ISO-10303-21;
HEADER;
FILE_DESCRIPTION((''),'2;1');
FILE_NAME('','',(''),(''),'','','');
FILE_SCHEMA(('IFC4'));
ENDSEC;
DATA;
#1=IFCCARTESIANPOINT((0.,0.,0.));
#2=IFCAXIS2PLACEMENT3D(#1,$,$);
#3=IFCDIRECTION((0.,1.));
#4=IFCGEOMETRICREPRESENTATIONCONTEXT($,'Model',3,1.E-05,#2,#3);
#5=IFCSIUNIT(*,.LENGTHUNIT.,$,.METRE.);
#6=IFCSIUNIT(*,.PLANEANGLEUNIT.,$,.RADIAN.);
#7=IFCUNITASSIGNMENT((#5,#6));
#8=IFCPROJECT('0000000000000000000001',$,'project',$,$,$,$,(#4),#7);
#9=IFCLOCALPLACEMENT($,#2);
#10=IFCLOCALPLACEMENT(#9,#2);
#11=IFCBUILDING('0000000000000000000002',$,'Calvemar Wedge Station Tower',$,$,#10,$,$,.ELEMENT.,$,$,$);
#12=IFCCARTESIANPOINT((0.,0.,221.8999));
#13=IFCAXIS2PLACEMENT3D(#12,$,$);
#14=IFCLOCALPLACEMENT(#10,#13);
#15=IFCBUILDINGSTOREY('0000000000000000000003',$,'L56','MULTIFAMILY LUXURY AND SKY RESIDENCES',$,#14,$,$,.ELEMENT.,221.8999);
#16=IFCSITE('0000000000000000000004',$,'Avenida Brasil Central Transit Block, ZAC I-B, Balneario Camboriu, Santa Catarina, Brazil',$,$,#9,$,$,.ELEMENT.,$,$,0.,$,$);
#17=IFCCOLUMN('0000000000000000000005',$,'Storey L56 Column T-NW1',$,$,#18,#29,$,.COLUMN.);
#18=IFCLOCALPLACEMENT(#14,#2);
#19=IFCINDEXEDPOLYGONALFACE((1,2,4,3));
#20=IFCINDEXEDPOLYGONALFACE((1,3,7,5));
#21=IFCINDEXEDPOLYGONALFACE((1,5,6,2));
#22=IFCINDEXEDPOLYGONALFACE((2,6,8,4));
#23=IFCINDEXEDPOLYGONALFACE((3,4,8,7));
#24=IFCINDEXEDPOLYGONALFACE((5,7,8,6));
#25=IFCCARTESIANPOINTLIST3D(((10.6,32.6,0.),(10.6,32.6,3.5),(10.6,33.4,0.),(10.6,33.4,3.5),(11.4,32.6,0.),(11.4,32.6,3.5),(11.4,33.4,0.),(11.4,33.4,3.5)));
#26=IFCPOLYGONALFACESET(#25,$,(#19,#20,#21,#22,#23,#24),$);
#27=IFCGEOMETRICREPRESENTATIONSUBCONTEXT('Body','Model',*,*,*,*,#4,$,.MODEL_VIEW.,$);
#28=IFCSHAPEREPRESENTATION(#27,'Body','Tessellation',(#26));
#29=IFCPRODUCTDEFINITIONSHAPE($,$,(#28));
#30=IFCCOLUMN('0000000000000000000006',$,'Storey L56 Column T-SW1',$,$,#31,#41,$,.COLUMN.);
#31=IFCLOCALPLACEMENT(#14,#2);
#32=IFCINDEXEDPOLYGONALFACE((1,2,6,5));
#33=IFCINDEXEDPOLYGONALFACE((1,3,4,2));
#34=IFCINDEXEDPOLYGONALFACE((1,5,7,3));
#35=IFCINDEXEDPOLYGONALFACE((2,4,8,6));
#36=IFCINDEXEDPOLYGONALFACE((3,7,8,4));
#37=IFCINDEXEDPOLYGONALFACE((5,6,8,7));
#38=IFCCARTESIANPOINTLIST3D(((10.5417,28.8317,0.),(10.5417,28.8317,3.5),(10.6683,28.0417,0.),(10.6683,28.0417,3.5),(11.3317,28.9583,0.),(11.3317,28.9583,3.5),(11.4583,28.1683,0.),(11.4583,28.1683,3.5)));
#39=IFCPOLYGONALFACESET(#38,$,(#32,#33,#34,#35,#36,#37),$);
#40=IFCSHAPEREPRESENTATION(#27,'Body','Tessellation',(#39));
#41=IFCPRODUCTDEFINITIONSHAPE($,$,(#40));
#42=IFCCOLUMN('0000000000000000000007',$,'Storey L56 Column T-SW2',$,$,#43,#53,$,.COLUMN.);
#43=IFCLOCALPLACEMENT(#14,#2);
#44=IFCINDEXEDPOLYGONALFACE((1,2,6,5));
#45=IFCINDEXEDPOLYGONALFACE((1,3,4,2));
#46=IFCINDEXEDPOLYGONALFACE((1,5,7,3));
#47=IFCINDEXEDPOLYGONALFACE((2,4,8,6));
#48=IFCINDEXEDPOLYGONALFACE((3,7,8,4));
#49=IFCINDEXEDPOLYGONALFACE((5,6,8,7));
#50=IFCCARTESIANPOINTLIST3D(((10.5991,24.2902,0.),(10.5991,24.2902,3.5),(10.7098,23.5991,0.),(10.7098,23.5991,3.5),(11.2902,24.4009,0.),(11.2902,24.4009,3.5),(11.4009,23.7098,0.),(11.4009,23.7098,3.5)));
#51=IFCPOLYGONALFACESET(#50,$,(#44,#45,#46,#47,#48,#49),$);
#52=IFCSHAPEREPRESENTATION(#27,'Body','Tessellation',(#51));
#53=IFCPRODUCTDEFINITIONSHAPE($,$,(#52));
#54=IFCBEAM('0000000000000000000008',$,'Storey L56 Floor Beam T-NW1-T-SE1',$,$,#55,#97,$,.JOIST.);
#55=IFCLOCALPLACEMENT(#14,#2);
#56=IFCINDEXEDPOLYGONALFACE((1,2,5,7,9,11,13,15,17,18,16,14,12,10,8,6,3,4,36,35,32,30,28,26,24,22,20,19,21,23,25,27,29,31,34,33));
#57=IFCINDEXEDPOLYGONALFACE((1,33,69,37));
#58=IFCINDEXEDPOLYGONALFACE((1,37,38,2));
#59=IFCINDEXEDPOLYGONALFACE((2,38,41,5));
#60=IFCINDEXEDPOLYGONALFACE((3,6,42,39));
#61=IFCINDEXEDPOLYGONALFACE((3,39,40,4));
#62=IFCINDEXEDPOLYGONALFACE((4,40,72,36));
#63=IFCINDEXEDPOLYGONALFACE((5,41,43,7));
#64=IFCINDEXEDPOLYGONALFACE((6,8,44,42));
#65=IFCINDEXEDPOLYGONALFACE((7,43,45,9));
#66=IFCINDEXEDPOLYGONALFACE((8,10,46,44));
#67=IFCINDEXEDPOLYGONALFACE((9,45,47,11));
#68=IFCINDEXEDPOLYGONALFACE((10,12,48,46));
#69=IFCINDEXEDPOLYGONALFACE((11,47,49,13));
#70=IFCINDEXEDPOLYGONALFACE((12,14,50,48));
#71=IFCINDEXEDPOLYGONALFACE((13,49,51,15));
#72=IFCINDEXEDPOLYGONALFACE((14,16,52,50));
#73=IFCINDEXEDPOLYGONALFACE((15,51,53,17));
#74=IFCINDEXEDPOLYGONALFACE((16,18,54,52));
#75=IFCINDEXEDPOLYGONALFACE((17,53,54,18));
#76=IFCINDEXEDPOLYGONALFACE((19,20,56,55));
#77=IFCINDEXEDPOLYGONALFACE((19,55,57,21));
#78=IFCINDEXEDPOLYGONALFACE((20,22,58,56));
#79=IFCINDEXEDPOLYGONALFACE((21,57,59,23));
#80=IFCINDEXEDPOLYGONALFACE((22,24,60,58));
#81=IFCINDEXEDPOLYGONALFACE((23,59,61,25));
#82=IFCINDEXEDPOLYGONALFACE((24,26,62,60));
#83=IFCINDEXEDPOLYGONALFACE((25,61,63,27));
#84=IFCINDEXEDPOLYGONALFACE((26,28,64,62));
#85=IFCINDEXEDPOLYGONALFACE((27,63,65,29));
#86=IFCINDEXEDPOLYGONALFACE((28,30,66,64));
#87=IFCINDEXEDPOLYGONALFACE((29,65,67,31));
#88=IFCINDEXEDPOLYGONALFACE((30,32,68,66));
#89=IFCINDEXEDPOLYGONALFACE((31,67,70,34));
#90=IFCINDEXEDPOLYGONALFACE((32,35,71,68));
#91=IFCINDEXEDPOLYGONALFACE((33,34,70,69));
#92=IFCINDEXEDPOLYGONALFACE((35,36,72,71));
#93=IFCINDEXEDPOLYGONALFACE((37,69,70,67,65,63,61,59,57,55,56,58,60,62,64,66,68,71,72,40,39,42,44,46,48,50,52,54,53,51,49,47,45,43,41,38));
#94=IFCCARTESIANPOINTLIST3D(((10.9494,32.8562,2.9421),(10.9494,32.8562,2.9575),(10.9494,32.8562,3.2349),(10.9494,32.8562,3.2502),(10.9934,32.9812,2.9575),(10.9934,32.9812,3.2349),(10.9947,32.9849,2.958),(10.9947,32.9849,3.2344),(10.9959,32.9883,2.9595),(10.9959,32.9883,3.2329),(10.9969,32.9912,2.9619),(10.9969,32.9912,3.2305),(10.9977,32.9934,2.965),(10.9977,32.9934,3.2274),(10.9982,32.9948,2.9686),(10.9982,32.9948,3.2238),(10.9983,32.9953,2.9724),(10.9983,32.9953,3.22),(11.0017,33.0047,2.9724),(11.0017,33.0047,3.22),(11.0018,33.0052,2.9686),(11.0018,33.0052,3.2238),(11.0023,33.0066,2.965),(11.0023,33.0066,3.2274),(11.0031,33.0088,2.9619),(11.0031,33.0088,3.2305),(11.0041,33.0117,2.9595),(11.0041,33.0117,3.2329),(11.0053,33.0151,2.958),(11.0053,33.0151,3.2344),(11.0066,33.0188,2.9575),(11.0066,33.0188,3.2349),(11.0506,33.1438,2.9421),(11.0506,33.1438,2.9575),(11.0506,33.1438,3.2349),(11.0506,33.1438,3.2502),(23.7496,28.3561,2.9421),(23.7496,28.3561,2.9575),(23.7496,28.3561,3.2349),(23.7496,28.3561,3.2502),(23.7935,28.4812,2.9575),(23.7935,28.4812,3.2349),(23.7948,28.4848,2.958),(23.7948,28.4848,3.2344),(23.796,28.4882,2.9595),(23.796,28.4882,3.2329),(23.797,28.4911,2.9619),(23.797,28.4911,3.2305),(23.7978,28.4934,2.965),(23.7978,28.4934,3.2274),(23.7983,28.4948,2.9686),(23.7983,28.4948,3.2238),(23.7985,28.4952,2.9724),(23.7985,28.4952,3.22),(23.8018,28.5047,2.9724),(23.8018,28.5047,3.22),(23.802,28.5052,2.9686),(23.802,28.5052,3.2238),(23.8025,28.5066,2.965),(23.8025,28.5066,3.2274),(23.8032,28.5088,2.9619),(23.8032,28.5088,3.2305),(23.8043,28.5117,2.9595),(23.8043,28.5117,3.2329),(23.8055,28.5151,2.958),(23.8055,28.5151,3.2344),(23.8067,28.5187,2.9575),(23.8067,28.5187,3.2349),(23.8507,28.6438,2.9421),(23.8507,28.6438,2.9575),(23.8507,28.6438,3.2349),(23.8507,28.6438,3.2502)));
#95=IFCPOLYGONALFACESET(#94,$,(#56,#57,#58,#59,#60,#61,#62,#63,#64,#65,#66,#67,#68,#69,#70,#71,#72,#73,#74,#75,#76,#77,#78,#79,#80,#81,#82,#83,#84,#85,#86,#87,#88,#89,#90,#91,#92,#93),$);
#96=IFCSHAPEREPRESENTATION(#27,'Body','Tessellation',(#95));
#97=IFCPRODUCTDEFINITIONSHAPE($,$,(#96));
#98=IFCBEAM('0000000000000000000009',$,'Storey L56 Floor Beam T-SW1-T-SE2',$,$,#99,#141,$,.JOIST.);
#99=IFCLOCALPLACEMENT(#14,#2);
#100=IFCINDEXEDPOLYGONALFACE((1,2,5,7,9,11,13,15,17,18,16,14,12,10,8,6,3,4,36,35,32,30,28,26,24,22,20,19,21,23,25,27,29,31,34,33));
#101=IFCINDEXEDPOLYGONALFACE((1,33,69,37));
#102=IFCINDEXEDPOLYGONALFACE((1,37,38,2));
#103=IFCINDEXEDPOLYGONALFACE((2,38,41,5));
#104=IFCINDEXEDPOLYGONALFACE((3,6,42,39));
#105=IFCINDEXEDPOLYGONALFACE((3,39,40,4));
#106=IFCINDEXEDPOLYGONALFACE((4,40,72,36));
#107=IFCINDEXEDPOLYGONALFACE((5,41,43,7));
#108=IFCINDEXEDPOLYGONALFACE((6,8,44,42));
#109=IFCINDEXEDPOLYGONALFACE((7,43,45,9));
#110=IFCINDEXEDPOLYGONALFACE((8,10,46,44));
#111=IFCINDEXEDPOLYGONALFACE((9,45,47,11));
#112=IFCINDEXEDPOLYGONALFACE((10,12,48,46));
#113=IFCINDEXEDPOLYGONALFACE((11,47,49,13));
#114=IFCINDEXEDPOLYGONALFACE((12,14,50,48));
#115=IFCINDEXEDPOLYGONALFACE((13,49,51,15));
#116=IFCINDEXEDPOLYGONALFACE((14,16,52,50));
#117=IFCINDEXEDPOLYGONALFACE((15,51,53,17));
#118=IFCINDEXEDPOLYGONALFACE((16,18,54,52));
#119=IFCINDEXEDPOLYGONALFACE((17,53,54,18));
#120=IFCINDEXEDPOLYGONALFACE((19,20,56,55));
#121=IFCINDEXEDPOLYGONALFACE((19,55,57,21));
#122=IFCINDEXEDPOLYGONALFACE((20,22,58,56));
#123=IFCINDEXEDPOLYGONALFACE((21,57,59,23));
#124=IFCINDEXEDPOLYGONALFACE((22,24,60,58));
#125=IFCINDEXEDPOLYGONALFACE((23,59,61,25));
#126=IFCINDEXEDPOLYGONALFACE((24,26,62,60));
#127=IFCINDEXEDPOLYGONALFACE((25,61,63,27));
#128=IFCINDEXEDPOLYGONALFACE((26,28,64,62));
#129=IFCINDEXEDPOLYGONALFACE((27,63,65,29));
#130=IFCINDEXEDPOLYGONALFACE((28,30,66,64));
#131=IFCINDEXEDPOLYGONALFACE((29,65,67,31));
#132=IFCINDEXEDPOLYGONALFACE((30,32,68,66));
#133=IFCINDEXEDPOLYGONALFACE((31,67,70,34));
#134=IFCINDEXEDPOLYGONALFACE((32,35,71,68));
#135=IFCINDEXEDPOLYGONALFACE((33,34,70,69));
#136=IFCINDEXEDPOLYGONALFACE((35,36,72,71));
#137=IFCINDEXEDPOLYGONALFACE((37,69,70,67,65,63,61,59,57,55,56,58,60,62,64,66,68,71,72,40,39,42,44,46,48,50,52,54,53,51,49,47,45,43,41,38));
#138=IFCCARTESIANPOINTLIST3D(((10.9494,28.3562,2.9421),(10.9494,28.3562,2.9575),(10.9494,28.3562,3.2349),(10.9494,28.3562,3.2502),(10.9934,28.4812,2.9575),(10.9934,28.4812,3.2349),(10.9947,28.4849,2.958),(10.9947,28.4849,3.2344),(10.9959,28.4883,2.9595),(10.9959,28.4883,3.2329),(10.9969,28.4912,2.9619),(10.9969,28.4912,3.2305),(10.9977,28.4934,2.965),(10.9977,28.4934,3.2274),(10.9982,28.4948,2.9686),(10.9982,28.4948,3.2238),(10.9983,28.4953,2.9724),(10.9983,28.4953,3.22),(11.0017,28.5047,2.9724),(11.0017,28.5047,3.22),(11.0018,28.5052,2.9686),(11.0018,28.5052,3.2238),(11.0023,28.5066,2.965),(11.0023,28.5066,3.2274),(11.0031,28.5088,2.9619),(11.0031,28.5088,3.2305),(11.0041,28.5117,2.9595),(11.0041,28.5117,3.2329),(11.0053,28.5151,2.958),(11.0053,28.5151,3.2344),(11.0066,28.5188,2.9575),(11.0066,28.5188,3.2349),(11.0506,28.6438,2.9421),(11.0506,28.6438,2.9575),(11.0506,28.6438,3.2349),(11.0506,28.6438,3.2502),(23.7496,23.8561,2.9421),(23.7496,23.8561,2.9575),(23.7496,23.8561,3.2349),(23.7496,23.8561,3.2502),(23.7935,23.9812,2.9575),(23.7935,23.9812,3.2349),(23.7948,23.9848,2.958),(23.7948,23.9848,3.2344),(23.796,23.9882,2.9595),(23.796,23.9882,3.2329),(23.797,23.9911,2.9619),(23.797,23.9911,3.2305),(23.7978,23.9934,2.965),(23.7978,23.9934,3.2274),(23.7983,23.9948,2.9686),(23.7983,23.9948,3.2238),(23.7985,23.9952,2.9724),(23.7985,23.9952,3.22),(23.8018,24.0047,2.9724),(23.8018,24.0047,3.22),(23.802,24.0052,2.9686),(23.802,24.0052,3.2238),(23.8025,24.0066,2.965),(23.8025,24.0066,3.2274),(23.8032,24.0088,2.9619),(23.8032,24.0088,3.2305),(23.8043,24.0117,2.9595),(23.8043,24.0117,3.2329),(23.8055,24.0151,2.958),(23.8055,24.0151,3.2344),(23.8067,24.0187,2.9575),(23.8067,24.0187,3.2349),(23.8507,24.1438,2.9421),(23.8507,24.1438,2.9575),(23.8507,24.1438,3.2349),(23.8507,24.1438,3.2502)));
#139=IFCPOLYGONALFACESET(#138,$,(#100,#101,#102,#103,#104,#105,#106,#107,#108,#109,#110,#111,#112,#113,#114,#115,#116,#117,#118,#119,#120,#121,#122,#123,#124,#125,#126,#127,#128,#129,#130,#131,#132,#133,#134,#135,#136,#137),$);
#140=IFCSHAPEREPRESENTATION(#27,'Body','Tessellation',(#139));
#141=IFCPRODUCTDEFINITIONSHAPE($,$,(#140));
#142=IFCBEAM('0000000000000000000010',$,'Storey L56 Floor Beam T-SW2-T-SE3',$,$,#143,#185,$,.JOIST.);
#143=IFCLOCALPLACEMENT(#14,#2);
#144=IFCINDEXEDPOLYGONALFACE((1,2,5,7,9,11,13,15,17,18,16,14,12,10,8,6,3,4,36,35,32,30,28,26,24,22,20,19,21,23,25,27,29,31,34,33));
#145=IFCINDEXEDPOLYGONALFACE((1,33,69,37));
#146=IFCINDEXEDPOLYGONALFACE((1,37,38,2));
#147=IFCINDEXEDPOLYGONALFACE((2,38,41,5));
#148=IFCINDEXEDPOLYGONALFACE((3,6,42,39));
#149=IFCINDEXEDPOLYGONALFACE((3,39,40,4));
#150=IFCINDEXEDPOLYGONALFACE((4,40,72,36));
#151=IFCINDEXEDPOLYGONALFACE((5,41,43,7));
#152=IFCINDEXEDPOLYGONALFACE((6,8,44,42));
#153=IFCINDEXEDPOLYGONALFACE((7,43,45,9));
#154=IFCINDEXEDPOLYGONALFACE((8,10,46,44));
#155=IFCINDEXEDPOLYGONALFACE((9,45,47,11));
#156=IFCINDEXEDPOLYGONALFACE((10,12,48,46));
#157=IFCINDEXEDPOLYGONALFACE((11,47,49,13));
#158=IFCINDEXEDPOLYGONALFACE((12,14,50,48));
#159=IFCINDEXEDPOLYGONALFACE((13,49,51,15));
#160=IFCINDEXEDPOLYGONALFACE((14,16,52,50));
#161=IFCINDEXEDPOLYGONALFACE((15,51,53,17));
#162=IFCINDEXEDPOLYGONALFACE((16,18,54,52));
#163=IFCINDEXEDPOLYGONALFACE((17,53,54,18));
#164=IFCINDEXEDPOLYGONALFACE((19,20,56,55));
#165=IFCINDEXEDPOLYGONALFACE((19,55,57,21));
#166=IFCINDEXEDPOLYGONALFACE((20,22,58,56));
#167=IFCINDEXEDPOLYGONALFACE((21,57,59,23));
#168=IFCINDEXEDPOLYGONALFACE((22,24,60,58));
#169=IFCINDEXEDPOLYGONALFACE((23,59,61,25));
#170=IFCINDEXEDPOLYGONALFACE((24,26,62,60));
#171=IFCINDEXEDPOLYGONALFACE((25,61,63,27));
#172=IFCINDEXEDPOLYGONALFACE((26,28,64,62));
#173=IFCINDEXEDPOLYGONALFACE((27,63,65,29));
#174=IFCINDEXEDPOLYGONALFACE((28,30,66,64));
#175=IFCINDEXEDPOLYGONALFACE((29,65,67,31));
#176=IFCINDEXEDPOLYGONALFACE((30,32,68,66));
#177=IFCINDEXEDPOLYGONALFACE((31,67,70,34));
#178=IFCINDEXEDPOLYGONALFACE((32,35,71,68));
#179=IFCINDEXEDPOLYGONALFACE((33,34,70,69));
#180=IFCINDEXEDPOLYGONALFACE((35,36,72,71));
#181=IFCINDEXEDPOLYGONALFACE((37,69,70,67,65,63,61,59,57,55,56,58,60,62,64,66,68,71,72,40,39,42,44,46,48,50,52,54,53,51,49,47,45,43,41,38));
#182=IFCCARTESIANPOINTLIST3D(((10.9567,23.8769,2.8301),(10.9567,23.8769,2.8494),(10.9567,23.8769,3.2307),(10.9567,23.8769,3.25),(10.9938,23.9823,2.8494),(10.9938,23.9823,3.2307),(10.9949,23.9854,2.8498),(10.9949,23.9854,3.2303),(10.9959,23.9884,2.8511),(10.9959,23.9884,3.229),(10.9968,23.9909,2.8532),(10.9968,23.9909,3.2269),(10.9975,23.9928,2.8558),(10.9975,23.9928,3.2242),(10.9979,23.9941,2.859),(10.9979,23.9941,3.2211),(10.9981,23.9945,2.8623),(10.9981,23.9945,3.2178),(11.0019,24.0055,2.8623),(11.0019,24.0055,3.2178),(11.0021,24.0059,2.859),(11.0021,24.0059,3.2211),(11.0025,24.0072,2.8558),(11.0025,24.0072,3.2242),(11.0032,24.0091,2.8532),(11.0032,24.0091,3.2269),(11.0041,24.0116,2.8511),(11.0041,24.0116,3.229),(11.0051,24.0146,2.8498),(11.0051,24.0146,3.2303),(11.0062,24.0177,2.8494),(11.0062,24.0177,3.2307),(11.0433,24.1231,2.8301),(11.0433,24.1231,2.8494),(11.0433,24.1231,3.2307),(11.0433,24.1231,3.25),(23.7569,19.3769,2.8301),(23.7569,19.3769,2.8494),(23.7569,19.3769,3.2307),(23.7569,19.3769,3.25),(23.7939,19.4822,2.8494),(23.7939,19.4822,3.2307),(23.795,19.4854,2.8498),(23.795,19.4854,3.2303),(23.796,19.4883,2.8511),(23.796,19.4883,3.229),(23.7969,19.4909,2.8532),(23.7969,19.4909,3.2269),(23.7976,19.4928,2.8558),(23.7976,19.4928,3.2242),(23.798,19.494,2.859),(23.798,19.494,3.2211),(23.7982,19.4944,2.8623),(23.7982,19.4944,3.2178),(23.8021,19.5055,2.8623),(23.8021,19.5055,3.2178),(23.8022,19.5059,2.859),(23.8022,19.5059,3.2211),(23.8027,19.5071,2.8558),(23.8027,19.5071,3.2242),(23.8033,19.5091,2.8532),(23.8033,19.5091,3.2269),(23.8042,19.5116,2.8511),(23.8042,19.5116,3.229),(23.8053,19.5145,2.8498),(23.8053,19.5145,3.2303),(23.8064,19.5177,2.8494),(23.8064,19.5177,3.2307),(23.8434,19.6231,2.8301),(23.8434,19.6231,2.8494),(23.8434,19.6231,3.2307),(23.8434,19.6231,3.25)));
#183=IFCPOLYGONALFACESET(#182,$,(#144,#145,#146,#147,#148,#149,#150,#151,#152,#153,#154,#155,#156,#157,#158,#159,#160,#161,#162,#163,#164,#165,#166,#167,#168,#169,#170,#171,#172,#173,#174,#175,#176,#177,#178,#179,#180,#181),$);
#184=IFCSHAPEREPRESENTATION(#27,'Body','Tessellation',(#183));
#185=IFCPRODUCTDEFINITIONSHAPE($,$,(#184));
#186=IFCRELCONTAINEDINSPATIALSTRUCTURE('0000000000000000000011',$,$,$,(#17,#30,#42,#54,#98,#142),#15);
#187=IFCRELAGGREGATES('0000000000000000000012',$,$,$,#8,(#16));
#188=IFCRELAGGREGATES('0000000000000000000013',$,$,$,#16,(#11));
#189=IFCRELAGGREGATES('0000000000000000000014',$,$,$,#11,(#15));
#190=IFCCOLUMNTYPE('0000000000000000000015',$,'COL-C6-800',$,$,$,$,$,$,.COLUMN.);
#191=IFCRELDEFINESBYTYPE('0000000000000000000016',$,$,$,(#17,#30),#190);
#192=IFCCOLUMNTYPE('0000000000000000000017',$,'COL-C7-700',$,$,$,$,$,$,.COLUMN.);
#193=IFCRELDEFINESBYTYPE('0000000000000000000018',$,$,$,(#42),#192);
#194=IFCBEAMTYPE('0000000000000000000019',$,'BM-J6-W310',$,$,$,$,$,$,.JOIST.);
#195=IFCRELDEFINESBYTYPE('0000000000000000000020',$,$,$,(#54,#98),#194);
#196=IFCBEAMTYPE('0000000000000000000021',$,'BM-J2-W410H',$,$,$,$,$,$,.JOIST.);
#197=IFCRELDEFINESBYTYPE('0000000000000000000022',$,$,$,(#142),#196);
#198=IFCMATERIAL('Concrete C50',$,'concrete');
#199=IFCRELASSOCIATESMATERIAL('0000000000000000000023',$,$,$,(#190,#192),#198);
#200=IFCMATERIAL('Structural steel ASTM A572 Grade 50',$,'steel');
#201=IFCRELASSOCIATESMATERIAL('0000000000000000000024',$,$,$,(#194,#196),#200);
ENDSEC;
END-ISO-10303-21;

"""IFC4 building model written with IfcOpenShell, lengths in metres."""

from ifc_helpers import new_model, si_unit, direction, frame, origin, origin_2d, place, context, subcontext, project, spatial, rectangle, i_section, extrude, source, transform, mapped, material, material_profile, profile_set, type_object, element, save


model = new_model("IFC4")

# Units and contexts
model_context = context("Model", 3, precision=1e-05, world=origin(), true_north=direction((0.0, 1.0)))
body_context = subcontext(model_context, "Body", "Model", "MODEL_VIEW")
ifc_project = project(units=[si_unit("LENGTHUNIT", "METRE"), si_unit("PLANEANGLEUNIT", "RADIAN")], contexts=[model_context])

# Site, building, storey
site_placement = place(None, origin())
site = spatial("IfcSite", under=ifc_project, at=site_placement, Name="Avenida Brasil Central Transit Block, ZAC I-B, Balneario Camboriu, Santa Catarina, Brazil", CompositionType="ELEMENT", RefElevation=0.0)
building_placement = place(site_placement, origin())
building = spatial("IfcBuilding", under=site, at=building_placement, Name="Calvemar Wedge Station Tower", CompositionType="ELEMENT")
storey_placement = place(building_placement, frame((0.0, 0.0, 221.8999)))
storey = spatial("IfcBuildingStorey", under=building, at=storey_placement, Name="L56", Description="MULTIFAMILY LUXURY AND SKY RESIDENCES", CompositionType="ELEMENT", Elevation=221.8999)

# Columns
ifc_material_1 = material(Name="Concrete C50", Category="concrete")
ifc_material_profile_1 = material_profile(ifc_material_1, rectangle(XDim=0.8, YDim=0.8, at=origin_2d()), Name="RC800x800")
ifc_profile_set_1 = profile_set([ifc_material_profile_1], Name="Concrete C50")
column_type_1 = type_object("IfcColumnType", Name="COL-C6-800", PredefinedType="COLUMN", material=ifc_profile_set_1)
shared_shape_1 = source(origin(), body_context, "Body", "SweptSolid", [
    extrude(rectangle(XDim=0.8, YDim=0.8, at=origin_2d()), origin(), (0.0, 0.0, 1.0), 3.5),
])
for number, where, z_axis, x_axis, name in (
    (1, (11.0, 33.0, 0.0), (0.0, 0.0, 1.0), (1.0, 0.0, 0.0), "Storey L56 Column T-NW1"),
    (2, (11.0, 28.5, 0.0), (0.0, 0.0, 1.0), (0.158158, -0.987414, 0.0), "Storey L56 Column T-SW1"),
):
    element("IfcColumn", number, at=place(storey_placement, frame(where, z_axis=z_axis, x_axis=x_axis)), inside=storey, type_object=column_type_1, Name=name, PredefinedType="COLUMN", context=body_context, shape_type="MappedRepresentation", body=[
        mapped(shared_shape_1, transform((0.0, 0.0, 0.0), scale=1.0)),
    ])
ifc_material_profile_2 = material_profile(ifc_material_1, rectangle(XDim=0.7, YDim=0.7, at=origin_2d()), Name="RC700x700")
ifc_profile_set_2 = profile_set([ifc_material_profile_2], Name="Concrete C50")
column_type_2 = type_object("IfcColumnType", Name="COL-C7-700", PredefinedType="COLUMN", material=ifc_profile_set_2)
shared_shape_2 = source(origin(), body_context, "Body", "SweptSolid", [
    extrude(rectangle(XDim=0.7, YDim=0.7, at=origin_2d()), origin(), (0.0, 0.0, 1.0), 3.5),
])
column_placement = place(storey_placement, frame((11.0, 24.0, 0.0), z_axis=(0.0, 0.0, 1.0), x_axis=(0.158158, -0.987414, 0.0)))
element("IfcColumn", 3, at=column_placement, inside=storey, type_object=column_type_2, Name="Storey L56 Column T-SW2", PredefinedType="COLUMN", context=body_context, shape_type="MappedRepresentation", body=[
    mapped(shared_shape_2, transform((0.0, 0.0, 0.0), scale=1.0)),
])

# Beams
ifc_material_2 = material(Name="Structural steel ASTM A572 Grade 50", Category="steel")
ifc_material_profile_3 = material_profile(ifc_material_2, i_section(OverallWidth=0.3049, OverallDepth=0.3081, WebThickness=0.01, FlangeThickness=0.0154, FilletRadius=0.0149, at=origin_2d()), Name="W310x97")
ifc_profile_set_3 = profile_set([ifc_material_profile_3], Name="Structural steel ASTM A572 Grade 50")
beam_type_1 = type_object("IfcBeamType", Name="BM-J6-W310", PredefinedType="JOIST", material=ifc_profile_set_3)
shared_shape_3 = source(origin(), body_context, "Body", "SweptSolid", [
    extrude(i_section(OverallWidth=0.3049, OverallDepth=0.3081, WebThickness=0.01, FlangeThickness=0.0154, FilletRadius=0.0149, at=origin_2d()), origin(), (0.0, 0.0, 1.0), 13.5681),
])
for number, where, z_axis, x_axis, name in (
    (4, (11.0, 33.0, 3.0962), (0.943398, -0.331662, 0.0), (0.331662, 0.943398, 0.0), "Storey L56 Floor Beam T-NW1-T-SE1"),
    (5, (11.0, 28.5, 3.0962), (0.943398, -0.331662, 0.0), (0.331662, 0.943398, 0.0), "Storey L56 Floor Beam T-SW1-T-SE2"),
):
    element("IfcBeam", number, at=place(storey_placement, frame(where, z_axis=z_axis, x_axis=x_axis)), inside=storey, type_object=beam_type_1, Name=name, PredefinedType="JOIST", context=body_context, shape_type="MappedRepresentation", body=[
        mapped(shared_shape_3, transform((0.0, 0.0, 0.0), scale=1.0)),
    ])
ifc_material_profile_4 = material_profile(ifc_material_2, i_section(OverallWidth=0.261, OverallDepth=0.4199, WebThickness=0.0117, FlangeThickness=0.0193, FilletRadius=0.0129, at=origin_2d()), Name="W410x114")
ifc_profile_set_4 = profile_set([ifc_material_profile_4], Name="Structural steel ASTM A572 Grade 50")
beam_type_2 = type_object("IfcBeamType", Name="BM-J2-W410H", PredefinedType="JOIST", material=ifc_profile_set_4)
shared_shape_4 = source(origin(), body_context, "Body", "SweptSolid", [
    extrude(i_section(OverallWidth=0.261, OverallDepth=0.4199, WebThickness=0.0117, FlangeThickness=0.0193, FilletRadius=0.0129, at=origin_2d()), origin(), (0.0, 0.0, 1.0), 13.5681),
])
beam_1_placement = place(storey_placement, frame((11.0, 24.0, 3.04), z_axis=(0.943398, -0.331662, 0.0), x_axis=(0.331662, 0.943398, 0.0)))
element("IfcBeam", 6, at=beam_1_placement, inside=storey, type_object=beam_type_2, Name="Storey L56 Floor Beam T-SW2-T-SE3", PredefinedType="JOIST", context=body_context, shape_type="MappedRepresentation", body=[
    mapped(shared_shape_4, transform((0.0, 0.0, 0.0), scale=1.0)),
])

save(model, "model.ifc")
